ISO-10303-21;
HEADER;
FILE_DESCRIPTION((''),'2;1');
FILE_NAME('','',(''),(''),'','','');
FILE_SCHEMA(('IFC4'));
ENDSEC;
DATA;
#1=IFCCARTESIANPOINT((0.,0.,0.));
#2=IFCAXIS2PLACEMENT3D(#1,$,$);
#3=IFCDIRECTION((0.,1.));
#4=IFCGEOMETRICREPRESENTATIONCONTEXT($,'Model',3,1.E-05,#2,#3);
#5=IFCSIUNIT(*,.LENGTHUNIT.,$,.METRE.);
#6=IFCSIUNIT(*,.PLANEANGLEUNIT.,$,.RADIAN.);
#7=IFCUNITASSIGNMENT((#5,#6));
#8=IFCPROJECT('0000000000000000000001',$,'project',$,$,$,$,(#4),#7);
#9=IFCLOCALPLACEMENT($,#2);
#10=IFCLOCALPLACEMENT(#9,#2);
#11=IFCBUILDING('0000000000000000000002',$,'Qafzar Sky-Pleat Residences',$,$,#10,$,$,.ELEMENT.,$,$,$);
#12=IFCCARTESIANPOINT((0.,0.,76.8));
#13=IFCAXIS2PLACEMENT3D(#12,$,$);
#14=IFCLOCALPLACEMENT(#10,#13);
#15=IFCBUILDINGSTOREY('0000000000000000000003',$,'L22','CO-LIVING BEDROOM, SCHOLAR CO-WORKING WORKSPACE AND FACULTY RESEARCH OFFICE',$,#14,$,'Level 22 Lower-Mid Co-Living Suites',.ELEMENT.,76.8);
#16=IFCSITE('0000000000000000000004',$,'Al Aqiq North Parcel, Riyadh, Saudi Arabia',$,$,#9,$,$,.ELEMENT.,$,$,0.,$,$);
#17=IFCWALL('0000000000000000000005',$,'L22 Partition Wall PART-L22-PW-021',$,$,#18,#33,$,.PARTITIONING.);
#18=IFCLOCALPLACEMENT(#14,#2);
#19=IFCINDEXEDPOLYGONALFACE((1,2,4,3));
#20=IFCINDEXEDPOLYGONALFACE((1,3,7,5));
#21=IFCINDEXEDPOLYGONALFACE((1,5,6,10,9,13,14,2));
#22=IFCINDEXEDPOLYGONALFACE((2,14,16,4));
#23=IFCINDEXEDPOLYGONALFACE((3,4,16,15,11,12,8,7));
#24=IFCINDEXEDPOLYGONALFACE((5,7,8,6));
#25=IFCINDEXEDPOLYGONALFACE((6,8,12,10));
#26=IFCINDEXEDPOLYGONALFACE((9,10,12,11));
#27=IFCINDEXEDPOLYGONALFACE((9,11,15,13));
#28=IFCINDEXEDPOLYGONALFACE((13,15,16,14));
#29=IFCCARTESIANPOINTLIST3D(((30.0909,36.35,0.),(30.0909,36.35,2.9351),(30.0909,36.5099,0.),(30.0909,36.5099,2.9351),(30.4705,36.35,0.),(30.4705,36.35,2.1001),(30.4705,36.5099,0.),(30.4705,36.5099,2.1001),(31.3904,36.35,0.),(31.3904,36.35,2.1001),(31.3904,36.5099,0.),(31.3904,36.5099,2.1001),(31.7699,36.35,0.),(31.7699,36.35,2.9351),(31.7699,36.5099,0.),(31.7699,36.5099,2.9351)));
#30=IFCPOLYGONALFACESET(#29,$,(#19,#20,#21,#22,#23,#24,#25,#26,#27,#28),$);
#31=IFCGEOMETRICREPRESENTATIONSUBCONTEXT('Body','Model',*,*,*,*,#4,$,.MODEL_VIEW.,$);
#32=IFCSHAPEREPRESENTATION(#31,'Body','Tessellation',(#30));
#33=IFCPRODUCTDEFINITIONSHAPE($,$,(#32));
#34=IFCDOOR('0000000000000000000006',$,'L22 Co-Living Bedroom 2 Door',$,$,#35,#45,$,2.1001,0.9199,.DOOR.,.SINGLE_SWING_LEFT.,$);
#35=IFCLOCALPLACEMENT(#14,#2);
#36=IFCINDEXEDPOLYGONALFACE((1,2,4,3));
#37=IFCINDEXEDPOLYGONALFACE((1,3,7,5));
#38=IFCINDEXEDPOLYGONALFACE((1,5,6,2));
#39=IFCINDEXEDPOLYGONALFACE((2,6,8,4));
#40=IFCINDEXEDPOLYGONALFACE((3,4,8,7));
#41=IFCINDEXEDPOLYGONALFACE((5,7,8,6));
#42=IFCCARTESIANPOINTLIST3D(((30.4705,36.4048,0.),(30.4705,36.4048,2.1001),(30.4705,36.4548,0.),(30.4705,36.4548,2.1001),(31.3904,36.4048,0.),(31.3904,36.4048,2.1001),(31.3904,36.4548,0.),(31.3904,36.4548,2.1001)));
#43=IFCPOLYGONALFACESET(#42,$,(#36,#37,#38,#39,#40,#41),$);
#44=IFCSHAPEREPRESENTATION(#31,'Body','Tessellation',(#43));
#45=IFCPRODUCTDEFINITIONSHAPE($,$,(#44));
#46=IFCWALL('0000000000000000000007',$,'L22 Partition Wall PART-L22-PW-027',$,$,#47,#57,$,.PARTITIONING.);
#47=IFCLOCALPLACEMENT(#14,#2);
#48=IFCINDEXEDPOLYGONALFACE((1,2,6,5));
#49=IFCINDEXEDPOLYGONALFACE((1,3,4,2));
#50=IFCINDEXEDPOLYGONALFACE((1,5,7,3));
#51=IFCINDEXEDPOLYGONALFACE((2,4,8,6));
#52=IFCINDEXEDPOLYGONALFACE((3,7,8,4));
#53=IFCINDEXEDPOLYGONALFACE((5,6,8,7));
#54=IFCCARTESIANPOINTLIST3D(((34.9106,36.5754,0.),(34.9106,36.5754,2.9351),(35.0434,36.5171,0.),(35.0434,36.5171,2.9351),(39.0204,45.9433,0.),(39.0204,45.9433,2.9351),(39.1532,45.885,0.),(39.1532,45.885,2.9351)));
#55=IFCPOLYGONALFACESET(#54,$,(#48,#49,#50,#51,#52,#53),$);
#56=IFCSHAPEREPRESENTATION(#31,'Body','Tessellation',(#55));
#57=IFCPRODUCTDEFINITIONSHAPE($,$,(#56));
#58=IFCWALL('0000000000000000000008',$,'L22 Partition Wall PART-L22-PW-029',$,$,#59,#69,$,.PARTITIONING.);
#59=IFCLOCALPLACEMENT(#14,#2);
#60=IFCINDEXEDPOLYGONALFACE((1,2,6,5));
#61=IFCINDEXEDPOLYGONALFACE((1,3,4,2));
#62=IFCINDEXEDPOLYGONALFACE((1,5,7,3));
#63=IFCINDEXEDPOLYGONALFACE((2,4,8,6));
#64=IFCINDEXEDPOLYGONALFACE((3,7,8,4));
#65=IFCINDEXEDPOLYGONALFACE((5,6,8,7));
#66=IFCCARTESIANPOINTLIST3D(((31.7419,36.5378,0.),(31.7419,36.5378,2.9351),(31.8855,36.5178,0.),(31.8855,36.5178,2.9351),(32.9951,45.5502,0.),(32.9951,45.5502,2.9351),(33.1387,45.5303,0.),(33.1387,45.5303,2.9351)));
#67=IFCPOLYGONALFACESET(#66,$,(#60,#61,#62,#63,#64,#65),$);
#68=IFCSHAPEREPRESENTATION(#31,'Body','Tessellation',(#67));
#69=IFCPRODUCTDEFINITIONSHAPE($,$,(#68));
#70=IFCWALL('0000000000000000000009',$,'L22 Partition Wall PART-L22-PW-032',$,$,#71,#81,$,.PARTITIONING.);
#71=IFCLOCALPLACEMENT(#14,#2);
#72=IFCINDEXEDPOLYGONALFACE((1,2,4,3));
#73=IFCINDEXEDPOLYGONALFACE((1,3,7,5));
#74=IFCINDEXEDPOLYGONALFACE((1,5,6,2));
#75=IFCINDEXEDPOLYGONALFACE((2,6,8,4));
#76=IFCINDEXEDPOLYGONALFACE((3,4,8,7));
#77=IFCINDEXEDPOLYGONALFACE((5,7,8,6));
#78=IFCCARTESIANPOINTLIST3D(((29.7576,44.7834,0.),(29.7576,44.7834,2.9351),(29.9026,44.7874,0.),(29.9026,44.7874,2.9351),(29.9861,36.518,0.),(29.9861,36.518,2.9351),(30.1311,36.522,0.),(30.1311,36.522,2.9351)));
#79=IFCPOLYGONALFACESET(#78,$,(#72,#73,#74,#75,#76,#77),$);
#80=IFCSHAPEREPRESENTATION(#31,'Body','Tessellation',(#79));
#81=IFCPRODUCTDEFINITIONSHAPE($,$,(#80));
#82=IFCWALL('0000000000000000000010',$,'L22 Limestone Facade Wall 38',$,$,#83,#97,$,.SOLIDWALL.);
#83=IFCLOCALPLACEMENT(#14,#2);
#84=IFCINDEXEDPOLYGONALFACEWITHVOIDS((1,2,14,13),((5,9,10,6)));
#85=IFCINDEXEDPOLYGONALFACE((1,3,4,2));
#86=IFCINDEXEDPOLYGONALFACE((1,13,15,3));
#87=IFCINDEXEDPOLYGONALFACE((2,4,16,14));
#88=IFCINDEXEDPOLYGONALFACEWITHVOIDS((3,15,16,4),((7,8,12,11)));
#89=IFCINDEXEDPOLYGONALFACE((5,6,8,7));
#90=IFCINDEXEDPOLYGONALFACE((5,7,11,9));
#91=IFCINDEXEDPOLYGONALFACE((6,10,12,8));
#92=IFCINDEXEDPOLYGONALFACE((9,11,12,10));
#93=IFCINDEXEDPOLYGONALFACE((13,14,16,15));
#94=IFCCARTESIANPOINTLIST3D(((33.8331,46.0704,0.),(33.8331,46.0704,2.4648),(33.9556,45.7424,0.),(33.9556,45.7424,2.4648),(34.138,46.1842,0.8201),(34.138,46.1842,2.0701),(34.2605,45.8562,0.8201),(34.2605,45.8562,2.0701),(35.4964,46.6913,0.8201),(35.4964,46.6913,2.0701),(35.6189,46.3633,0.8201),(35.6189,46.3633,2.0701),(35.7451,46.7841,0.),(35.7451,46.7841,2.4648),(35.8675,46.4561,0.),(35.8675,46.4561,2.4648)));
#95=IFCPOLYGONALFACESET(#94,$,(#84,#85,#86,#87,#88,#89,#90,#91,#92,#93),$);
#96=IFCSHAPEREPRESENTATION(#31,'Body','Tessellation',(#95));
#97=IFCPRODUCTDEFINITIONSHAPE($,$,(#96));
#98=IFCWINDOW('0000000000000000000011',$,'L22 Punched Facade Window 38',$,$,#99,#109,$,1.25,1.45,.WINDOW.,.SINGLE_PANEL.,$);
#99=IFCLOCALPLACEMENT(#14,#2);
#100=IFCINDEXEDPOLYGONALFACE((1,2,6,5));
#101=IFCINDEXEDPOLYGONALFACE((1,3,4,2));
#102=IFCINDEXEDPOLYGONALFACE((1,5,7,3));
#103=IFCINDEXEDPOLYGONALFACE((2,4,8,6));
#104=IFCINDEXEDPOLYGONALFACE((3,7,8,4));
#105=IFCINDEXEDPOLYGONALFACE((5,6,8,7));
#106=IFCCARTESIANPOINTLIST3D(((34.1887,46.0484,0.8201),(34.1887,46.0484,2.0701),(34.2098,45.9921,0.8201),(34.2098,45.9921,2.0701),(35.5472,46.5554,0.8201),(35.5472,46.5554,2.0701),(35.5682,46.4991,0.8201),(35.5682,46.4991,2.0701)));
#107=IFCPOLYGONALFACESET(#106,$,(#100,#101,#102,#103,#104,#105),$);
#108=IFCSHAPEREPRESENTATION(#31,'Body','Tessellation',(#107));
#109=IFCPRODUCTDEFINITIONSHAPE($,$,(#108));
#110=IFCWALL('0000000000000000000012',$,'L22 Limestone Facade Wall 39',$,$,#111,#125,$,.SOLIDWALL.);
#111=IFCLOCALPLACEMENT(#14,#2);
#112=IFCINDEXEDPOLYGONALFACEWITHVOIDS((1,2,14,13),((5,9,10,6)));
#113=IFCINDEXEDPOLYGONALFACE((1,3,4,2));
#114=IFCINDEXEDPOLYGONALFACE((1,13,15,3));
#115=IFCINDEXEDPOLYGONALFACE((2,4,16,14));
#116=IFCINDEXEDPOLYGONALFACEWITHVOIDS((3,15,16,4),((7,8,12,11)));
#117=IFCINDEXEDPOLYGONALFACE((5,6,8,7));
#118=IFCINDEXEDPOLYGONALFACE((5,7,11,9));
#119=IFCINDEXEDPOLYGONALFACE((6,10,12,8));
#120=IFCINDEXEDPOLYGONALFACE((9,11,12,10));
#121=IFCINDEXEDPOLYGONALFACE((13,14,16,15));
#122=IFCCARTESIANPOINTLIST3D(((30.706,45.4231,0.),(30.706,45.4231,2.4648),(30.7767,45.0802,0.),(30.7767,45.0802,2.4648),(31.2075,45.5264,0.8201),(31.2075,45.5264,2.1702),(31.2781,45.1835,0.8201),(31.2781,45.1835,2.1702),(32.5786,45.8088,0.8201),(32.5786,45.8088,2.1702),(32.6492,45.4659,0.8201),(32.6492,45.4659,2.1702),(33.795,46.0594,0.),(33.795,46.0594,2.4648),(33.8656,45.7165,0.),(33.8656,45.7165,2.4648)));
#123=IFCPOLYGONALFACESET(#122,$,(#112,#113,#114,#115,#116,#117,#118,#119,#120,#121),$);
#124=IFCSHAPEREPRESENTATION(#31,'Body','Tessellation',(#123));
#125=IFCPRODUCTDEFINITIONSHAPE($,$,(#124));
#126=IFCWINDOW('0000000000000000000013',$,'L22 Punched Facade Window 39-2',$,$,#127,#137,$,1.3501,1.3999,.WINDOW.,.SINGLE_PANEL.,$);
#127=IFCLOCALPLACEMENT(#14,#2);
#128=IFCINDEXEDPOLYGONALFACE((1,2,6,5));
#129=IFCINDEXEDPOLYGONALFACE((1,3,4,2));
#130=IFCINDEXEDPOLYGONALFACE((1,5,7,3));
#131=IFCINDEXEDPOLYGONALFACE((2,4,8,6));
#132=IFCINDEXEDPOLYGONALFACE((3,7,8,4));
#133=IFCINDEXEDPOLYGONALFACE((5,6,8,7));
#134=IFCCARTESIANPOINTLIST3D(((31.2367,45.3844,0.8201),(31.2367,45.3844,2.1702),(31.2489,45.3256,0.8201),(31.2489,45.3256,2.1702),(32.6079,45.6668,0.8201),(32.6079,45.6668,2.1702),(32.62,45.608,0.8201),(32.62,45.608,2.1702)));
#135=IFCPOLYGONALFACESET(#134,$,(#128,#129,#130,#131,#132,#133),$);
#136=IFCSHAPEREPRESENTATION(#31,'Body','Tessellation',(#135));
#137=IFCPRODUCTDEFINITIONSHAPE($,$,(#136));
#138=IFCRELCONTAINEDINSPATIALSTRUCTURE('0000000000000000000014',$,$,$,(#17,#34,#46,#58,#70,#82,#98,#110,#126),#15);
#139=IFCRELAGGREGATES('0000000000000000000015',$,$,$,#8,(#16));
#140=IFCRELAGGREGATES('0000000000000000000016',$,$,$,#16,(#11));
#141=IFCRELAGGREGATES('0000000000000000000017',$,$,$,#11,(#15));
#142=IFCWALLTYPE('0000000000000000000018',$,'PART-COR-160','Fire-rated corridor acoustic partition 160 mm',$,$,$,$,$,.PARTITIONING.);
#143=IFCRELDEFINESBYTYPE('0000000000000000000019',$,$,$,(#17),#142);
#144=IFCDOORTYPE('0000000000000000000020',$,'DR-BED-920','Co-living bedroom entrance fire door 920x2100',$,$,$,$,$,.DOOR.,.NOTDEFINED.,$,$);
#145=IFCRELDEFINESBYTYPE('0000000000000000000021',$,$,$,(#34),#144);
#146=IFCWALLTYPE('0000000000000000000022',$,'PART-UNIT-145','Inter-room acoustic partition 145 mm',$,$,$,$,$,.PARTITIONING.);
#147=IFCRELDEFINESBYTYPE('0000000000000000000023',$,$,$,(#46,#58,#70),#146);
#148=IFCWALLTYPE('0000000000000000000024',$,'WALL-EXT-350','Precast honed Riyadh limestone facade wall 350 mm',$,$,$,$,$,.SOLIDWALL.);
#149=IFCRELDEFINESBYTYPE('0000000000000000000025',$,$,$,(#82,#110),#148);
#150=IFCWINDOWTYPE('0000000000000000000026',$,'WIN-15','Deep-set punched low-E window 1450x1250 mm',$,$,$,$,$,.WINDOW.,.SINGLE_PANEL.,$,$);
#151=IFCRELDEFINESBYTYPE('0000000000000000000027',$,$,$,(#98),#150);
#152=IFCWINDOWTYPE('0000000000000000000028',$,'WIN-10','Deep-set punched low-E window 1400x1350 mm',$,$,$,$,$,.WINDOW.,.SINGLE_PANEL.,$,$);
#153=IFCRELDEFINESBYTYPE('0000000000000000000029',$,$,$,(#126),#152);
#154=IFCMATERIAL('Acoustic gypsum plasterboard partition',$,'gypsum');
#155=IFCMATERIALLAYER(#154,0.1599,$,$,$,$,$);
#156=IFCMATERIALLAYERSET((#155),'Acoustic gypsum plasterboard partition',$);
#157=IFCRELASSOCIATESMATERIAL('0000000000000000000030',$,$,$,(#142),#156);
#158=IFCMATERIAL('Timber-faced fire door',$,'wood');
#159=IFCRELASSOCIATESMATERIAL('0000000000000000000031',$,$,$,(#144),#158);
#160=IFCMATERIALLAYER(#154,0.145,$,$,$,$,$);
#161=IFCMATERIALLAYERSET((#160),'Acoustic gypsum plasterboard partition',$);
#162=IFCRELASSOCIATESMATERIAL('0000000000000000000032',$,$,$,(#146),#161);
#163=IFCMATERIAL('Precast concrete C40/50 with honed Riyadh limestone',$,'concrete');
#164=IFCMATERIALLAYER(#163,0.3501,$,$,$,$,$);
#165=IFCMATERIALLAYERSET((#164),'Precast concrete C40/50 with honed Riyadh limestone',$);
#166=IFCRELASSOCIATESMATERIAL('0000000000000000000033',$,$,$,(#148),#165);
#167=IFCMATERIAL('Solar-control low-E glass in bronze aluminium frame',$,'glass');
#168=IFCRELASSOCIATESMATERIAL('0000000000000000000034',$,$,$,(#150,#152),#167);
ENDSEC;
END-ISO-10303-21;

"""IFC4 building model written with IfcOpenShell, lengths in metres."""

from ifc_helpers import new_model, si_unit, direction, frame, frame_2d, origin, place, context, subcontext, project, spatial, rectangle, extrude, source, transform, mapped, material, layer, layer_set, type_object, element, fill, save


model = new_model("IFC4")

# Units and contexts
model_context = context("Model", 3, precision=1e-05, world=origin(), true_north=direction((0.0, 1.0)))
body_context = subcontext(model_context, "Body", "Model", "MODEL_VIEW")
ifc_project = project(units=[si_unit("LENGTHUNIT", "METRE"), si_unit("PLANEANGLEUNIT", "RADIAN")], contexts=[model_context])

# Site, building, storey
site_placement = place(None, origin())
site = spatial("IfcSite", under=ifc_project, at=site_placement, Name="Al Aqiq North Parcel, Riyadh, Saudi Arabia", CompositionType="ELEMENT", RefElevation=0.0)
building_placement = place(site_placement, origin())
building = spatial("IfcBuilding", under=site, at=building_placement, Name="Qafzar Sky-Pleat Residences", CompositionType="ELEMENT")
storey_placement = place(building_placement, frame((0.0, 0.0, 76.8)))
storey = spatial("IfcBuildingStorey", under=building, at=storey_placement, Name="L22", Description="CO-LIVING BEDROOM, SCHOLAR CO-WORKING WORKSPACE AND FACULTY RESEARCH OFFICE", LongName="Level 22 Lower-Mid Co-Living Suites", CompositionType="ELEMENT", Elevation=76.8)

# Wall, opening, door
ifc_material_1 = material(Name="Acoustic gypsum plasterboard partition", Category="gypsum")
ifc_layer_1 = layer(ifc_material_1, 0.1599)
ifc_layer_set_1 = layer_set([ifc_layer_1], Name="Acoustic gypsum plasterboard partition")
wall_type_1 = type_object("IfcWallType", Name="PART-COR-160", Description="Fire-rated corridor acoustic partition 160 mm", PredefinedType="PARTITIONING", material=ifc_layer_set_1)
ifc_material_2 = material(Name="Timber-faced fire door", Category="wood")
door_type_1 = type_object("IfcDoorType", Name="DR-BED-920", Description="Co-living bedroom entrance fire door 920x2100", OperationType="NOTDEFINED", PredefinedType="DOOR", material=ifc_material_2)
shared_shape_1 = source(origin(), body_context, "Body", "SweptSolid", [
    extrude(rectangle(XDim=0.9199, YDim=2.1001, at=frame_2d((0.46, 1.05))), frame((0.0, 0.0249, 0.0), z_axis=(0.0, -1.0, 0.0), x_axis=(1.0, 0.0, 0.0)), (0.0, 0.0, 1.0), 0.05),
])
wall_1_placement = place(storey_placement, frame((30.0911, 36.4299, 0.0), z_axis=(0.0, 0.0, 1.0), x_axis=(1.0, 0.0, 0.0)))
wall_1 = element("IfcWall", 1, at=wall_1_placement, inside=storey, type_object=wall_type_1, Name="L22 Partition Wall PART-L22-PW-021", PredefinedType="PARTITIONING", context=body_context, shape_type="SweptSolid", body=[
    extrude(rectangle(XDim=1.679, YDim=0.1599, at=frame_2d((0.8394, 0.0))), origin(), (0.0, 0.0, 1.0), 2.9351),
])
opening_1_placement = place(wall_1_placement, frame((0.3794, 0.0, 0.0)))
opening_1 = element("IfcOpeningElement", 2, at=opening_1_placement, cuts=wall_1, PredefinedType="OPENING", context=body_context, shape_type="SweptSolid", body=[
    extrude(rectangle(XDim=0.9199, YDim=2.1001, at=frame_2d((0.46, 1.05))), frame((0.0, 0.0898, 0.0), z_axis=(0.0, -1.0, 0.0), x_axis=(1.0, 0.0, 0.0)), (0.0, 0.0, 1.0), 0.1799),
])
door_1_placement = place(opening_1_placement, origin())
door_1 = element("IfcDoor", 3, at=door_1_placement, inside=storey, type_object=door_type_1, Name="L22 Co-Living Bedroom 2 Door", OperationType="SINGLE_SWING_LEFT", OverallHeight=2.1001, OverallWidth=0.9199, PredefinedType="DOOR", context=body_context, shape_type="MappedRepresentation", body=[
    mapped(shared_shape_1, transform((0.0, 0.0, 0.0), x_axis=(1.0, 0.0, 0.0), y_axis=(0.0, 1.0, 0.0), z_axis=(0.0, 0.0, 1.0), scale=1.0)),
])
fill(opening_1, door_1)

# Walls
ifc_layer_2 = layer(ifc_material_1, 0.145)
ifc_layer_set_2 = layer_set([ifc_layer_2], Name="Acoustic gypsum plasterboard partition")
wall_type_2 = type_object("IfcWallType", Name="PART-UNIT-145", Description="Inter-room acoustic partition 145 mm", PredefinedType="PARTITIONING", material=ifc_layer_set_2)
wall_2_placement = place(storey_placement, frame((34.9771, 36.5464, 0.0), z_axis=(0.0, 0.0, 1.0), x_axis=(0.401754, 0.915748, 0.0)))
element("IfcWall", 4, at=wall_2_placement, inside=storey, type_object=wall_type_2, Name="L22 Partition Wall PART-L22-PW-027", PredefinedType="PARTITIONING", context=body_context, shape_type="SweptSolid", body=[
    extrude(rectangle(XDim=10.2297, YDim=0.145, at=frame_2d((5.1147, 0.0))), origin(), (0.0, 0.0, 1.0), 2.9351),
])
wall_3_placement = place(storey_placement, frame((31.8137, 36.5278, 0.0), z_axis=(0.0, 0.0, 1.0), x_axis=(0.137724, 0.990471, 0.0)))
element("IfcWall", 5, at=wall_3_placement, inside=storey, type_object=wall_type_2, Name="L22 Partition Wall PART-L22-PW-029", PredefinedType="PARTITIONING", context=body_context, shape_type="SweptSolid", body=[
    extrude(rectangle(XDim=9.0991, YDim=0.145, at=frame_2d((4.5496, 0.0))), origin(), (0.0, 0.0, 1.0), 2.9351),
])
wall_4_placement = place(storey_placement, frame((29.8301, 44.7854, 0.0), z_axis=(0.0, 0.0, 1.0), x_axis=(0.027637, -0.999618, 0.0)))
element("IfcWall", 6, at=wall_4_placement, inside=storey, type_object=wall_type_2, Name="L22 Partition Wall PART-L22-PW-032", PredefinedType="PARTITIONING", context=body_context, shape_type="SweptSolid", body=[
    extrude(rectangle(XDim=8.2686, YDim=0.145, at=frame_2d((4.1343, 0.0))), origin(), (0.0, 0.0, 1.0), 2.9351),
])

# Walls, openings, windows
ifc_material_3 = material(Name="Precast concrete C40/50 with honed Riyadh limestone", Category="concrete")
ifc_layer_3 = layer(ifc_material_3, 0.3501)
ifc_layer_set_3 = layer_set([ifc_layer_3], Name="Precast concrete C40/50 with honed Riyadh limestone")
wall_type_3 = type_object("IfcWallType", Name="WALL-EXT-350", Description="Precast honed Riyadh limestone facade wall 350 mm", PredefinedType="SOLIDWALL", material=ifc_layer_set_3)
wall_5_placement = place(storey_placement, frame((35.8064, 46.6201, 0.0), z_axis=(0.0, 0.0, 1.0), x_axis=(-0.936864, -0.349694, 0.0)))
wall_5 = element("IfcWall", 7, at=wall_5_placement, inside=storey, type_object=wall_type_3, Name="L22 Limestone Facade Wall 38", PredefinedType="SOLIDWALL", context=body_context, shape_type="SweptSolid", body=[
    extrude(rectangle(XDim=2.0408, YDim=0.3501, at=frame_2d((1.0205, 0.0))), origin(), (0.0, 0.0, 1.0), 2.4648),
])
opening_2_placement = place(wall_5_placement, frame((0.2654, 0.0, 0.8201)))
opening_2 = element("IfcOpeningElement", 8, at=opening_2_placement, cuts=wall_5, PredefinedType="OPENING", context=body_context, shape_type="SweptSolid", body=[
    extrude(rectangle(XDim=1.45, YDim=1.25, at=frame_2d((0.7251, 0.625))), frame((0.0, 0.1851, 0.0), z_axis=(0.0, -1.0, 0.0), x_axis=(1.0, 0.0, 0.0)), (0.0, 0.0, 1.0), 0.3701),
])
ifc_material_4 = material(Name="Solar-control low-E glass in bronze aluminium frame", Category="glass")
window_type_1 = type_object("IfcWindowType", Name="WIN-15", Description="Deep-set punched low-E window 1450x1250 mm", PartitioningType="SINGLE_PANEL", PredefinedType="WINDOW", material=ifc_material_4)
shared_shape_2 = source(origin(), body_context, "Body", "SweptSolid", [
    extrude(rectangle(XDim=1.45, YDim=1.25, at=frame_2d((0.7251, 0.625))), frame((0.0, 0.03, 0.0), z_axis=(0.0, -1.0, 0.0), x_axis=(1.0, 0.0, 0.0)), (0.0, 0.0, 1.0), 0.0601),
])
window_1_placement = place(opening_2_placement, origin())
window_1 = element("IfcWindow", 9, at=window_1_placement, inside=storey, type_object=window_type_1, Name="L22 Punched Facade Window 38", OverallHeight=1.25, OverallWidth=1.45, PartitioningType="SINGLE_PANEL", PredefinedType="WINDOW", context=body_context, shape_type="MappedRepresentation", body=[
    mapped(shared_shape_2, transform((0.0, 0.0, 0.0), x_axis=(1.0, 0.0, 0.0), y_axis=(0.0, 1.0, 0.0), z_axis=(0.0, 0.0, 1.0), scale=1.0)),
])
fill(opening_2, window_1)
wall_6_placement = place(storey_placement, frame((33.8303, 45.8879, 0.0), z_axis=(0.0, 0.0, 1.0), x_axis=(-0.979439, -0.20174, 0.0)))
wall_6 = element("IfcWall", 10, at=wall_6_placement, inside=storey, type_object=wall_type_3, Name="L22 Limestone Facade Wall 39", PredefinedType="SOLIDWALL", context=body_context, shape_type="SweptSolid", body=[
    extrude(rectangle(XDim=3.1538, YDim=0.3501, at=frame_2d((1.5769, 0.0))), origin(), (0.0, 0.0, 1.0), 2.4648),
])
opening_3_placement = place(wall_6_placement, frame((1.2419, 0.0, 0.8201)))
opening_3 = element("IfcOpeningElement", 11, at=opening_3_placement, cuts=wall_6, PredefinedType="OPENING", context=body_context, shape_type="SweptSolid", body=[
    extrude(rectangle(XDim=1.3999, YDim=1.3501, at=frame_2d((0.7, 0.675))), frame((0.0, 0.1851, 0.0), z_axis=(0.0, -1.0, 0.0), x_axis=(1.0, 0.0, 0.0)), (0.0, 0.0, 1.0), 0.3701),
])
window_type_2 = type_object("IfcWindowType", Name="WIN-10", Description="Deep-set punched low-E window 1400x1350 mm", PartitioningType="SINGLE_PANEL", PredefinedType="WINDOW", material=ifc_material_4)
shared_shape_3 = source(origin(), body_context, "Body", "SweptSolid", [
    extrude(rectangle(XDim=1.3999, YDim=1.3501, at=frame_2d((0.7, 0.675))), frame((0.0, 0.03, 0.0), z_axis=(0.0, -1.0, 0.0), x_axis=(1.0, 0.0, 0.0)), (0.0, 0.0, 1.0), 0.0601),
])
window_2_placement = place(opening_3_placement, origin())
window_2 = element("IfcWindow", 12, at=window_2_placement, inside=storey, type_object=window_type_2, Name="L22 Punched Facade Window 39-2", OverallHeight=1.3501, OverallWidth=1.3999, PartitioningType="SINGLE_PANEL", PredefinedType="WINDOW", context=body_context, shape_type="MappedRepresentation", body=[
    mapped(shared_shape_3, transform((0.0, 0.0, 0.0), x_axis=(1.0, 0.0, 0.0), y_axis=(0.0, 1.0, 0.0), z_axis=(0.0, 0.0, 1.0), scale=1.0)),
])
fill(opening_3, window_2)

save(model, "model.ifc")
